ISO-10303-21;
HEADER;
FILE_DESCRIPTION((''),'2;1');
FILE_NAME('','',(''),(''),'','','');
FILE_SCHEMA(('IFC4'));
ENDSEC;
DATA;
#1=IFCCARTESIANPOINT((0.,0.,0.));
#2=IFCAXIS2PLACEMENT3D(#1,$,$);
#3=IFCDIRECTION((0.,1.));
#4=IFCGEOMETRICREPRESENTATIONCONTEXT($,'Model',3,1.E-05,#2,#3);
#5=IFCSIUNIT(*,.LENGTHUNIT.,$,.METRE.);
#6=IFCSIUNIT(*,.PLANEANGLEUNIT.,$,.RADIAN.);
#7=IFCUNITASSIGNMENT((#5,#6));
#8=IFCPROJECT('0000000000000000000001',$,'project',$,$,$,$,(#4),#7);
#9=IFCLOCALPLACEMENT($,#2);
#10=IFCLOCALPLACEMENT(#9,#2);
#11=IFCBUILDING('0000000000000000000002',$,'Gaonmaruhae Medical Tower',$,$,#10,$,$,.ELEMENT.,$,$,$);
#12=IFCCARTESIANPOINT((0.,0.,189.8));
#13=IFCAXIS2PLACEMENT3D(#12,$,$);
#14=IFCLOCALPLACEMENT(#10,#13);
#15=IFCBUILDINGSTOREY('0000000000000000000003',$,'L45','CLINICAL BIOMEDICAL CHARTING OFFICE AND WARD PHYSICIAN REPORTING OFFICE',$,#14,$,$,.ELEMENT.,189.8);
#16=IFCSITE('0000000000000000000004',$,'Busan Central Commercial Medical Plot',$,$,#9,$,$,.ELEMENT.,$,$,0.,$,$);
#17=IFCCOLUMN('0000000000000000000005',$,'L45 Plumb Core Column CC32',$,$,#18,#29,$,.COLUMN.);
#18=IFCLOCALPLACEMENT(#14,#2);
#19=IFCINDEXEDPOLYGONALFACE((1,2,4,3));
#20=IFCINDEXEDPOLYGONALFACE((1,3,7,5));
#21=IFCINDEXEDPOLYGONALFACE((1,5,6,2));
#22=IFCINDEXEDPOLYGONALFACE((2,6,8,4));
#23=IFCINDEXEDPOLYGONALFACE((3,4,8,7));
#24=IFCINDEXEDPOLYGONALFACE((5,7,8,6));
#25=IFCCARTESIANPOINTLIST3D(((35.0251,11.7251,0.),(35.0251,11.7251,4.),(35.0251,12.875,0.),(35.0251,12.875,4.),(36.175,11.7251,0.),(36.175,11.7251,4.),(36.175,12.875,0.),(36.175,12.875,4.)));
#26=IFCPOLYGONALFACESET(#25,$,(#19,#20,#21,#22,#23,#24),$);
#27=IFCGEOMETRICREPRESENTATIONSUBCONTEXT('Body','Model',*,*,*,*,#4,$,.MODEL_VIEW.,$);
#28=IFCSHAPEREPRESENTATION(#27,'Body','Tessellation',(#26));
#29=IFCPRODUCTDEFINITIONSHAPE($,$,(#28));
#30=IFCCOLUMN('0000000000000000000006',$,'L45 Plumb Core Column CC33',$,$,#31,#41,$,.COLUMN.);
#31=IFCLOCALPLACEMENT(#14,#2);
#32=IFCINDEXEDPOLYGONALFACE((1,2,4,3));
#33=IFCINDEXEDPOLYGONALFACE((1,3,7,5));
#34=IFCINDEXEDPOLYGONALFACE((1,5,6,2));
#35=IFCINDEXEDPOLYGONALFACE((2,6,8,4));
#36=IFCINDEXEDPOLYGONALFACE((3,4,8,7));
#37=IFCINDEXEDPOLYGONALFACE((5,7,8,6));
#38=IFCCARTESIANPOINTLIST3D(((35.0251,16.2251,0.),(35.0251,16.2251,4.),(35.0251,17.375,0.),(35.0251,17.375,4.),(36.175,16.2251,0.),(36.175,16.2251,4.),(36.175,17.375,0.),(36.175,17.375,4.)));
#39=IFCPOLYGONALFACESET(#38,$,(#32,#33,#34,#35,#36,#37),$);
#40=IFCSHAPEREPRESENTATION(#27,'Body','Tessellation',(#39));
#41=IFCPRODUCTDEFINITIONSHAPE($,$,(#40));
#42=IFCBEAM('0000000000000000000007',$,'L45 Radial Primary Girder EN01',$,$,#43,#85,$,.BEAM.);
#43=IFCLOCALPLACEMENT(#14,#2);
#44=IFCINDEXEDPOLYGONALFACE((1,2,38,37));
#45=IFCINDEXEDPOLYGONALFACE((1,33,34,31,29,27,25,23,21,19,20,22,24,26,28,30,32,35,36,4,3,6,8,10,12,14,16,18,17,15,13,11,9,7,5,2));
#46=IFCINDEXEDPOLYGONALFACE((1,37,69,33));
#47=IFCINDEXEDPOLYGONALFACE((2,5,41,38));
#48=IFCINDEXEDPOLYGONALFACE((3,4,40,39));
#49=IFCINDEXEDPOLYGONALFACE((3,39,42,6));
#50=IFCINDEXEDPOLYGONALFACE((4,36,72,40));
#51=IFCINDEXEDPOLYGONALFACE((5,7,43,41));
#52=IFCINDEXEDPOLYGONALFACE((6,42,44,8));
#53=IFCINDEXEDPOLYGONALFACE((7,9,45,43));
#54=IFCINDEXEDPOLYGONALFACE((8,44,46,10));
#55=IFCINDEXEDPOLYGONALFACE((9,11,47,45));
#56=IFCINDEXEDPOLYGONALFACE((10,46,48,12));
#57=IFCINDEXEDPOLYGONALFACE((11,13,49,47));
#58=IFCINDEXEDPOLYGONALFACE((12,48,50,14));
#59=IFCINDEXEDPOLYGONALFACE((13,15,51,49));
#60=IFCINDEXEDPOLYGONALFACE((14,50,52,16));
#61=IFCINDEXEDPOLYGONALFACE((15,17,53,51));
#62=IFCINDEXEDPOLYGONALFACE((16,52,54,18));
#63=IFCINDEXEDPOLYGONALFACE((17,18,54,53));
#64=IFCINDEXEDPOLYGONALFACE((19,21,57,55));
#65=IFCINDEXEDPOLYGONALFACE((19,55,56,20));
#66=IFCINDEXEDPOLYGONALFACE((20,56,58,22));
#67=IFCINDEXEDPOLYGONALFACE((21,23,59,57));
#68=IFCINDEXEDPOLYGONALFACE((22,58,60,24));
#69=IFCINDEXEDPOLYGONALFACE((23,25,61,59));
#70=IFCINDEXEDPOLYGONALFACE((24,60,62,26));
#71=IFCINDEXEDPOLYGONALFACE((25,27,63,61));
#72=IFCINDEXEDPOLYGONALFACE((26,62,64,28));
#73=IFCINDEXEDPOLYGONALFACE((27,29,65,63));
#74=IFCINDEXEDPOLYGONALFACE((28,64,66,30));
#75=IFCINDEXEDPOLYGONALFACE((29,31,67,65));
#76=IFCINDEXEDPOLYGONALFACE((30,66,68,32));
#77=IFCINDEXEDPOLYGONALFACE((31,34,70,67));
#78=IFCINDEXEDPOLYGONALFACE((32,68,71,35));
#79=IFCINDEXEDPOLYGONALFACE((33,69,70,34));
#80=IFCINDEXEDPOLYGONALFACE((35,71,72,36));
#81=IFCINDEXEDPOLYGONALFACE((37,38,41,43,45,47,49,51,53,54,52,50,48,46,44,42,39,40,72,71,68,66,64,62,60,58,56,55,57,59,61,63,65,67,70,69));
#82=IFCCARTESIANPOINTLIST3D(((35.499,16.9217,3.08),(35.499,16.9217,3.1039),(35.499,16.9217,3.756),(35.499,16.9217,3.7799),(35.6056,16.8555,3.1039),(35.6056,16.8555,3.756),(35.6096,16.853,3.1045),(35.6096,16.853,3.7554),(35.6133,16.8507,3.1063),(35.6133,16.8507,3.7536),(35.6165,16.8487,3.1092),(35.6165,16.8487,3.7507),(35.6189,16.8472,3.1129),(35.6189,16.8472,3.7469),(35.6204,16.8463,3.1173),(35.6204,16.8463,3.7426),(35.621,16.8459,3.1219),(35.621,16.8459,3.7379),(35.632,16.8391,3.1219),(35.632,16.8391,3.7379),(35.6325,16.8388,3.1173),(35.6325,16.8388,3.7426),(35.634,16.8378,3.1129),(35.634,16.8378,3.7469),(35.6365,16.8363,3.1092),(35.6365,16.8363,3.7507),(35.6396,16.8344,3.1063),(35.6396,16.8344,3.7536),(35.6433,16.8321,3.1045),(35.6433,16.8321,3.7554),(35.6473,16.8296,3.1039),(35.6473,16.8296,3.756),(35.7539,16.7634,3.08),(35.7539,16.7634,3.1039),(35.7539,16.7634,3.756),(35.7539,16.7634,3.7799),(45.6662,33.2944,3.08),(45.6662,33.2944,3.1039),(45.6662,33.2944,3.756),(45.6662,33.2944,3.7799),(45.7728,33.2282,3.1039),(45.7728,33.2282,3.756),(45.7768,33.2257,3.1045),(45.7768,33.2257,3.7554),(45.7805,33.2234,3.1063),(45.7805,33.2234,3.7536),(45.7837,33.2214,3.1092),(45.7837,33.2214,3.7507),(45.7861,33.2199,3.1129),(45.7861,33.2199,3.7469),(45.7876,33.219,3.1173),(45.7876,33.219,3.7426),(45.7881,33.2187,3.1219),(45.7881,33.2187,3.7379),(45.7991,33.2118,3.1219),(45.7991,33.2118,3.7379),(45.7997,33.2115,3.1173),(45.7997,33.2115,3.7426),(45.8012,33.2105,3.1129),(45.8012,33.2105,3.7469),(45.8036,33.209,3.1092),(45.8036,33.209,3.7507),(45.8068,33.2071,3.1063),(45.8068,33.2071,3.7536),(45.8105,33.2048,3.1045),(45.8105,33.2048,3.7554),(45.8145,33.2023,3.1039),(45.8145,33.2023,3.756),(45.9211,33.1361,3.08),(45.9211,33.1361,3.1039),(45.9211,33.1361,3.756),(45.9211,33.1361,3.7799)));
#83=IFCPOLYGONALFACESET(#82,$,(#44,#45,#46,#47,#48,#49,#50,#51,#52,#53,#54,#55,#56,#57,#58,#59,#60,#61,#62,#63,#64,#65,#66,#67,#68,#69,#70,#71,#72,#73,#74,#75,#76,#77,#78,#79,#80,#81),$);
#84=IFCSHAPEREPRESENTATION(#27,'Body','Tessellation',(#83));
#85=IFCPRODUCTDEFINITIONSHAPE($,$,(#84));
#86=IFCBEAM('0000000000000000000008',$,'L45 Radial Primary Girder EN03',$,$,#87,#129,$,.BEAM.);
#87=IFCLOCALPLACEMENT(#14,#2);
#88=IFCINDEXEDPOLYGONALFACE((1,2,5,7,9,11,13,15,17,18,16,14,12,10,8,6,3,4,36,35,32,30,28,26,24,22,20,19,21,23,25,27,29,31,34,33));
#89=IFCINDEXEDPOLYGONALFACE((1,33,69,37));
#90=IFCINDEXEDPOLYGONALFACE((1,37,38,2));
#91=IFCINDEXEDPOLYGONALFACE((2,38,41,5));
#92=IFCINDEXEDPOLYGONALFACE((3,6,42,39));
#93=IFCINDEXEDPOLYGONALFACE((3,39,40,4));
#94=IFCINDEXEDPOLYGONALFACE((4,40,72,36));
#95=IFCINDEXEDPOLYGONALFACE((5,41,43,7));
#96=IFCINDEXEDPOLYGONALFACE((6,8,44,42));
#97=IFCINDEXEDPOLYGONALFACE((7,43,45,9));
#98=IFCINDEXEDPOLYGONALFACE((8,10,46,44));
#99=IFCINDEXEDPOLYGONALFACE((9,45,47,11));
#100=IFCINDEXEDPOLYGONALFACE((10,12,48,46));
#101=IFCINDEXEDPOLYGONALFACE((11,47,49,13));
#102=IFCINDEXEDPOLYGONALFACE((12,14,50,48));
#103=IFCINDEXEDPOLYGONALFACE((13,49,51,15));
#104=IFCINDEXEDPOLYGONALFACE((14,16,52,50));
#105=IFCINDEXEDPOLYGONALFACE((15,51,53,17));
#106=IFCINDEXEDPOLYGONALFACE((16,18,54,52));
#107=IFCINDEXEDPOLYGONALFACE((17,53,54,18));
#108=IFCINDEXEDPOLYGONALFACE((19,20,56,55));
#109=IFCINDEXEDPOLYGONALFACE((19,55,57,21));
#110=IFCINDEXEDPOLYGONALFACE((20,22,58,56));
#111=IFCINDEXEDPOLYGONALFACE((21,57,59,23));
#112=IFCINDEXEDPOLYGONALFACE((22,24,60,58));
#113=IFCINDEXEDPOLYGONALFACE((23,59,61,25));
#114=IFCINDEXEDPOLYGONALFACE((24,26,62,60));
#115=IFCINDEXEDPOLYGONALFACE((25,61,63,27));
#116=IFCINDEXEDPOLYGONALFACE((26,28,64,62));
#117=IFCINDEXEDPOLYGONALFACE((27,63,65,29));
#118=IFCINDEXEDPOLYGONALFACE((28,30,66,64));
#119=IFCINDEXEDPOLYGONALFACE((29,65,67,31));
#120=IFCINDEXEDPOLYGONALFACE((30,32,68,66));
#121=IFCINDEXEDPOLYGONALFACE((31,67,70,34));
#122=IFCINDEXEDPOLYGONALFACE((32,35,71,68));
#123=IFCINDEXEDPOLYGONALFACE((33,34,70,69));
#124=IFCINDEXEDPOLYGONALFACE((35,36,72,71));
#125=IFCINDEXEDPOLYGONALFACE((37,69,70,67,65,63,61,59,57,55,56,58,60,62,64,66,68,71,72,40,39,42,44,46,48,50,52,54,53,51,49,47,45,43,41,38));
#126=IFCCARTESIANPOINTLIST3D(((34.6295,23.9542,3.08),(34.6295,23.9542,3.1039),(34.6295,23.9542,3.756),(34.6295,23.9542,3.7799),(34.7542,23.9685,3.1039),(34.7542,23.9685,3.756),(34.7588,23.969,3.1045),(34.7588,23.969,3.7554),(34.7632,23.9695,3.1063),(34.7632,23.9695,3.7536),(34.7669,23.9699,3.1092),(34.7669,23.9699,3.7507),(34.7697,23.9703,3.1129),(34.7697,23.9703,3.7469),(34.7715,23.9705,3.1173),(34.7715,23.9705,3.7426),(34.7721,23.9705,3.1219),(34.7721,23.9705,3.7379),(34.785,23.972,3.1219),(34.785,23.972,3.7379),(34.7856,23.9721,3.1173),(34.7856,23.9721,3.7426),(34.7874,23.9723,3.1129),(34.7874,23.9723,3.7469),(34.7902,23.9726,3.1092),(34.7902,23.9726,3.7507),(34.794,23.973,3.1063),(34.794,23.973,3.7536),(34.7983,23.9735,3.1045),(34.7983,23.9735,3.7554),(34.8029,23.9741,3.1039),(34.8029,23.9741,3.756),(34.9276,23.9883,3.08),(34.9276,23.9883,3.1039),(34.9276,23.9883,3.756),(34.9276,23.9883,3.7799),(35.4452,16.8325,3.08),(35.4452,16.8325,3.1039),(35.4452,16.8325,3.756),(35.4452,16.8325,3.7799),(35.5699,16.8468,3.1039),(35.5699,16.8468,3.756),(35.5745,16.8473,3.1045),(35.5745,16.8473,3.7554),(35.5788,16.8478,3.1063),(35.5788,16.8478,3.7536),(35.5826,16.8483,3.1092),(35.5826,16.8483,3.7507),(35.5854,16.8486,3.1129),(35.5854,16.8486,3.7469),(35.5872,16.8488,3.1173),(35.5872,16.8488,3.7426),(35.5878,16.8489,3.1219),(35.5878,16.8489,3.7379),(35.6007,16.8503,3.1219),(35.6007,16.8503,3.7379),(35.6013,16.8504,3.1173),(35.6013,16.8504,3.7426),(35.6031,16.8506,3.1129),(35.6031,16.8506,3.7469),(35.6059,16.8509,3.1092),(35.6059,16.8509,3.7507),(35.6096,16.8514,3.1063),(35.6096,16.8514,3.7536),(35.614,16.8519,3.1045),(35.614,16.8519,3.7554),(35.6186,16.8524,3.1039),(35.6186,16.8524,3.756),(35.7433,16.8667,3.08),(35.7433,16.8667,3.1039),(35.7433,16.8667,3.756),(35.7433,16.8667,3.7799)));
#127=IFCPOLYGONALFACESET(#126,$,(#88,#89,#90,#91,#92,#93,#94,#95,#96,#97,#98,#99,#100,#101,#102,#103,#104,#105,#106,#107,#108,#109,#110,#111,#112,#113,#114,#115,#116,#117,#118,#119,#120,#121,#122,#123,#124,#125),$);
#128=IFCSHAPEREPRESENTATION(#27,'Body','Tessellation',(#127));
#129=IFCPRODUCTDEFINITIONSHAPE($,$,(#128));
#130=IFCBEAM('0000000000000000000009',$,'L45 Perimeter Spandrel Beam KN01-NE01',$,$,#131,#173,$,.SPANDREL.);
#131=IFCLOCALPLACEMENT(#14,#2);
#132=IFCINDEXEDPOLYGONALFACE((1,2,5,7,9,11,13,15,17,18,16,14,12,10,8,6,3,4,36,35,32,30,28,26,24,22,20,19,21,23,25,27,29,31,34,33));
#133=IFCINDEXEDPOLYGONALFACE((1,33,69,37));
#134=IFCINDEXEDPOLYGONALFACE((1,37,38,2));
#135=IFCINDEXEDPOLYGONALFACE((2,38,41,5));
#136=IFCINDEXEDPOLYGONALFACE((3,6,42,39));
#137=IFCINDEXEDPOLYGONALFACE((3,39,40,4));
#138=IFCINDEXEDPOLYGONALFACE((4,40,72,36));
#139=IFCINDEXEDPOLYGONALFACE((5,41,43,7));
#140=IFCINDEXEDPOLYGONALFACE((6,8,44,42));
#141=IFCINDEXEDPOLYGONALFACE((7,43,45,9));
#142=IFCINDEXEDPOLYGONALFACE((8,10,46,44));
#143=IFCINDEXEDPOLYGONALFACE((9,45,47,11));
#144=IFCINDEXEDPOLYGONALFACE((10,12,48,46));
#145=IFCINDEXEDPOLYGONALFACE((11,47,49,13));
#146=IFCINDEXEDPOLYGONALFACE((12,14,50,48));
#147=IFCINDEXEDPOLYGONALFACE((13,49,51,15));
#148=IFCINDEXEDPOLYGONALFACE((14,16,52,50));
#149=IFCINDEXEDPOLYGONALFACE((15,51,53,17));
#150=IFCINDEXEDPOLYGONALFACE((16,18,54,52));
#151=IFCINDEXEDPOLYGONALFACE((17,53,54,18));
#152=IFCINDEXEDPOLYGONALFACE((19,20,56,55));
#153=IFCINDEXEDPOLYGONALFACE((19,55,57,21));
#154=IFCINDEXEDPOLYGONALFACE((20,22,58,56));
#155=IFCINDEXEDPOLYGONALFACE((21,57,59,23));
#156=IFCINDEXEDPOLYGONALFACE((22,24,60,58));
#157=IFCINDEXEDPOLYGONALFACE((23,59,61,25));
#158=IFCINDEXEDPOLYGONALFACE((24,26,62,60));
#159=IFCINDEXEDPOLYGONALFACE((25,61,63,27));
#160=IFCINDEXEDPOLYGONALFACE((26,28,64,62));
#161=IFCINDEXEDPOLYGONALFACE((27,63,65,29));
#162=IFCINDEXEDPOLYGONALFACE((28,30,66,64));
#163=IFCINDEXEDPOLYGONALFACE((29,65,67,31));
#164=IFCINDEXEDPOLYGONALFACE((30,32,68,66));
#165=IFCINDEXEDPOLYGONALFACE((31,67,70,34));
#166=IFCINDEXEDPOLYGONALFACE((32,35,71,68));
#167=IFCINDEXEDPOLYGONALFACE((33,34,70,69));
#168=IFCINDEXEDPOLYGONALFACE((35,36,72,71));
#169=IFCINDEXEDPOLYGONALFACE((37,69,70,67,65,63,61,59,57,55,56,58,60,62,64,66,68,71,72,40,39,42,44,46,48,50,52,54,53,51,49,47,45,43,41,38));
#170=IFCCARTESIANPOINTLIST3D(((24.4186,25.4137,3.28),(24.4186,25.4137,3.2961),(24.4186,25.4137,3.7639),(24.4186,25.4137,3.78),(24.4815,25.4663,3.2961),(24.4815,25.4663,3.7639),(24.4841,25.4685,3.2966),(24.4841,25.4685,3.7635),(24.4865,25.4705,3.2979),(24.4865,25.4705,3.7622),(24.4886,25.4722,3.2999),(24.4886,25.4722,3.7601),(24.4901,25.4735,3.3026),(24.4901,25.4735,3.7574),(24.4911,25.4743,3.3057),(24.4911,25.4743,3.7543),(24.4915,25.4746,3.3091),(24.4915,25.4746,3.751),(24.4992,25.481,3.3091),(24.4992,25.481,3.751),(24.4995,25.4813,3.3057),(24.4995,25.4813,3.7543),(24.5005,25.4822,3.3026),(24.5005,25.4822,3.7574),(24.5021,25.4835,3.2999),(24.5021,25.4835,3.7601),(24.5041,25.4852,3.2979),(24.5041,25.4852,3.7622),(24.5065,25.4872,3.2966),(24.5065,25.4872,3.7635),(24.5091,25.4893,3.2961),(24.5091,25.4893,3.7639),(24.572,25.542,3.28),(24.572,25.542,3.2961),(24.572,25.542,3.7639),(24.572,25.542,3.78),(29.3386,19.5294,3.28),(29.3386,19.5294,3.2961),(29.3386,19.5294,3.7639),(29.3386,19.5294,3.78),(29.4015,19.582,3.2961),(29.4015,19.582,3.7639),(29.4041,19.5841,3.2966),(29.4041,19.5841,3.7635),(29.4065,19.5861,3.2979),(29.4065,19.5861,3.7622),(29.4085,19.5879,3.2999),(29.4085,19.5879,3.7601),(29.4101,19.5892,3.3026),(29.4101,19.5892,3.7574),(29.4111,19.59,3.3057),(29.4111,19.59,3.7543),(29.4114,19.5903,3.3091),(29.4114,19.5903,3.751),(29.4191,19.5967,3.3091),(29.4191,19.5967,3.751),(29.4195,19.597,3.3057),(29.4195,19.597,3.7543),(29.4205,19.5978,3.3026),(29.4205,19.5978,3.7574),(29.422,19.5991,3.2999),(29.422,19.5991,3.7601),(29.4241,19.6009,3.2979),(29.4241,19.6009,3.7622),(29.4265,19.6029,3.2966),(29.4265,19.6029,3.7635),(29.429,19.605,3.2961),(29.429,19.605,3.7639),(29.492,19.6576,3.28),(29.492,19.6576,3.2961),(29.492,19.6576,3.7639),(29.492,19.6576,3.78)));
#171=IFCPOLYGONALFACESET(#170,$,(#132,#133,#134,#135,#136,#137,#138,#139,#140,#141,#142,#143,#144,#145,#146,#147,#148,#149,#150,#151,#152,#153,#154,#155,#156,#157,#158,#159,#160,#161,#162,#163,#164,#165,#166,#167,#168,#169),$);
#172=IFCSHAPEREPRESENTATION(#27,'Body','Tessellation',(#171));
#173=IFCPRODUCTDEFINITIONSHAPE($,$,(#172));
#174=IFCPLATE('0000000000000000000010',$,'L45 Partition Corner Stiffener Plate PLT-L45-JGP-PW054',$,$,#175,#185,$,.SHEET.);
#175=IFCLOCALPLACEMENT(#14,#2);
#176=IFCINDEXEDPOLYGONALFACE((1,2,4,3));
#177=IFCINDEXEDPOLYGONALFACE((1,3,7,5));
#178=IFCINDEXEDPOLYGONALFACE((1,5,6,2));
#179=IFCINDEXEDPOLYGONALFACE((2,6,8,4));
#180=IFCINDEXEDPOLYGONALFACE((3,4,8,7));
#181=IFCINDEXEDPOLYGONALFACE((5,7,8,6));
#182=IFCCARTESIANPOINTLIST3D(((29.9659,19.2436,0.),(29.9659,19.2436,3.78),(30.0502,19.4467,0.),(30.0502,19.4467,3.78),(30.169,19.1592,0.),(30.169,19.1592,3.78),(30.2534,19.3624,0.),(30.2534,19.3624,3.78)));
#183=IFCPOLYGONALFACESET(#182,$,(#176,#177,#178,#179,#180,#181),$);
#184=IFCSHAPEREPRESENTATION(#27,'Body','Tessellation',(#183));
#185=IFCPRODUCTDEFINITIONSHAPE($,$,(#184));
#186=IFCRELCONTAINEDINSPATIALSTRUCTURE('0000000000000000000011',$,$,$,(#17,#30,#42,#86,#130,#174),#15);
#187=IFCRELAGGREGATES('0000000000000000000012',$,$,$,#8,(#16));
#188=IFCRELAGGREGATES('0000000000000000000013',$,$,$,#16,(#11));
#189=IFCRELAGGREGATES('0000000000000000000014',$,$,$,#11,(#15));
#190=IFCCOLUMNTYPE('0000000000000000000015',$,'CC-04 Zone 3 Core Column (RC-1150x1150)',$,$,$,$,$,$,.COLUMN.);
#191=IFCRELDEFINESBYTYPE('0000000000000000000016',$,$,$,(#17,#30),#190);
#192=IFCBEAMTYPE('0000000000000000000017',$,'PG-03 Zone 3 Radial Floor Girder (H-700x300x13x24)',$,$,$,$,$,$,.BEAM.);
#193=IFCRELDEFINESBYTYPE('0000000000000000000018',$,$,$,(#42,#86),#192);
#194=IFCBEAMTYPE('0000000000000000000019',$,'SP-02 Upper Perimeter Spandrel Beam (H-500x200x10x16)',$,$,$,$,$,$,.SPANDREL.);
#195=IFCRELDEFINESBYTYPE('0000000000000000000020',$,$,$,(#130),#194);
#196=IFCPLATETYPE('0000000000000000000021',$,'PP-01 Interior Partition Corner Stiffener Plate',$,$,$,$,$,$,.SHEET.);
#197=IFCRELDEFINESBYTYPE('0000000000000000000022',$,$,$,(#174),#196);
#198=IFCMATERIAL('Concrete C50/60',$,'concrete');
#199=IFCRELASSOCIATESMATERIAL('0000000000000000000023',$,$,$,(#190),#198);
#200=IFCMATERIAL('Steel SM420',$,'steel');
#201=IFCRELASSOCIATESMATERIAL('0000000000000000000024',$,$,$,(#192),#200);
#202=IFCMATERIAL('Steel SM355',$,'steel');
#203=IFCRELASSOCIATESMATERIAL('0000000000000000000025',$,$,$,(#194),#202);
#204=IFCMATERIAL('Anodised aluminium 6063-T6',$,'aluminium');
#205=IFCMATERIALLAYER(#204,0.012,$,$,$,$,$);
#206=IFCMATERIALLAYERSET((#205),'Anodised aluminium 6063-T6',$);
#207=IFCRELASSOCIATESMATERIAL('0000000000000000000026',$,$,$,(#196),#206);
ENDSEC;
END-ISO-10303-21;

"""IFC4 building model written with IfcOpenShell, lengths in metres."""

from ifc_helpers import new_model, si_unit, direction, frame, origin, origin_2d, place, context, subcontext, project, spatial, rectangle, i_section, extrude, material, layer, layer_set, material_profile, profile_set, type_object, element, save


model = new_model("IFC4")

# Units and contexts
model_context = context("Model", 3, precision=1e-05, world=origin(), true_north=direction((0.0, 1.0)))
body_context = subcontext(model_context, "Body", "Model", "MODEL_VIEW")
ifc_project = project(units=[si_unit("LENGTHUNIT", "METRE"), si_unit("PLANEANGLEUNIT", "RADIAN")], contexts=[model_context])

# Site, building, storey
site_placement = place(None, origin())
site = spatial("IfcSite", under=ifc_project, at=site_placement, Name="Busan Central Commercial Medical Plot", CompositionType="ELEMENT", RefElevation=0.0)
building_placement = place(site_placement, origin())
building = spatial("IfcBuilding", under=site, at=building_placement, Name="Gaonmaruhae Medical Tower", CompositionType="ELEMENT")
storey_placement = place(building_placement, frame((0.0, 0.0, 189.8)))
storey = spatial("IfcBuildingStorey", under=building, at=storey_placement, Name="L45", Description="CLINICAL BIOMEDICAL CHARTING OFFICE AND WARD PHYSICIAN REPORTING OFFICE", CompositionType="ELEMENT", Elevation=189.8)

# Columns
ifc_material_1 = material(Name="Concrete C50/60", Category="concrete")
ifc_material_profile_1 = material_profile(ifc_material_1, rectangle(XDim=1.1499, YDim=1.1499, at=origin_2d()), Name="RC-1150x1150")
ifc_profile_set_1 = profile_set([ifc_material_profile_1], Name="Concrete C50/60")
column_type = type_object("IfcColumnType", Name="CC-04 Zone 3 Core Column (RC-1150x1150)", PredefinedType="COLUMN", material=ifc_profile_set_1)
for number, where, z_axis, x_axis, name in (
    (1, (35.6001, 12.3, 0.0), (0.0, 0.0, 1.0), (1.0, 0.0, 0.0), "L45 Plumb Core Column CC32"),
    (2, (35.6001, 16.8, 0.0), (0.0, 0.0, 1.0), (1.0, 0.0, 0.0), "L45 Plumb Core Column CC33"),
):
    element("IfcColumn", number, at=place(storey_placement, frame(where, z_axis=z_axis, x_axis=x_axis)), inside=storey, type_object=column_type, Name=name, PredefinedType="COLUMN", context=body_context, shape_type="SweptSolid", body=[
        extrude(rectangle(XDim=1.1499, YDim=1.1499, at=origin_2d()), origin(), (0.0, 0.0, 1.0), 4.0),
    ])

# Beams
ifc_material_2 = material(Name="Steel SM420", Category="steel")
ifc_material_profile_2 = material_profile(ifc_material_2, i_section(OverallWidth=0.3, OverallDepth=0.7, WebThickness=0.0129, FlangeThickness=0.0239, FilletRadius=0.0181, at=origin_2d()), Name="H-700x300x13x24")
ifc_profile_set_2 = profile_set([ifc_material_profile_2], Name="Steel SM420")
beam_type_1 = type_object("IfcBeamType", Name="PG-03 Zone 3 Radial Floor Girder (H-700x300x13x24)", PredefinedType="BEAM", material=ifc_profile_set_2)
beam_1_placement = place(storey_placement, frame((35.6265, 16.8425, 3.4299), z_axis=(0.527543, 0.849528, 0.0), x_axis=(-0.849528, 0.527543, 0.0)))
element("IfcBeam", 3, at=beam_1_placement, inside=storey, type_object=beam_type_1, Name="L45 Radial Primary Girder EN01", PredefinedType="BEAM", context=body_context, shape_type="SweptSolid", body=[
    extrude(i_section(OverallWidth=0.3, OverallDepth=0.7, WebThickness=0.0129, FlangeThickness=0.0239, FilletRadius=0.0181, at=origin_2d()), origin(), (0.0, 0.0, 1.0), 19.2727),
])
beam_2_placement = place(storey_placement, frame((35.5942, 16.8496, 3.4299), z_axis=(-0.113792, 0.993505, 0.0), x_axis=(-0.993505, -0.113792, 0.0)))
element("IfcBeam", 4, at=beam_2_placement, inside=storey, type_object=beam_type_1, Name="L45 Radial Primary Girder EN03", PredefinedType="BEAM", context=body_context, shape_type="SweptSolid", body=[
    extrude(i_section(OverallWidth=0.3, OverallDepth=0.7, WebThickness=0.0129, FlangeThickness=0.0239, FilletRadius=0.0181, at=origin_2d()), origin(), (0.0, 0.0, 1.0), 7.1682),
])
ifc_material_3 = material(Name="Steel SM355", Category="steel")
ifc_material_profile_3 = material_profile(ifc_material_3, i_section(OverallWidth=0.2, OverallDepth=0.5, WebThickness=0.01, FlangeThickness=0.0161, FilletRadius=0.0129, at=origin_2d()), Name="H-500x200x10x16")
ifc_profile_set_3 = profile_set([ifc_material_profile_3], Name="Steel SM355")
beam_type_2 = type_object("IfcBeamType", Name="SP-02 Upper Perimeter Spandrel Beam (H-500x200x10x16)", PredefinedType="SPANDREL", material=ifc_profile_set_3)
beam_3_placement = place(storey_placement, frame((29.4153, 19.5935, 3.53), z_axis=(-0.641442, 0.767171, 0.0), x_axis=(-0.767171, -0.641442, 0.0)))
element("IfcBeam", 5, at=beam_3_placement, inside=storey, type_object=beam_type_2, Name="L45 Perimeter Spandrel Beam KN01-NE01", PredefinedType="SPANDREL", context=body_context, shape_type="SweptSolid", body=[
    extrude(i_section(OverallWidth=0.2, OverallDepth=0.5, WebThickness=0.01, FlangeThickness=0.0161, FilletRadius=0.0129, at=origin_2d()), origin(), (0.0, 0.0, 1.0), 7.6702),
])

# Plate
ifc_material_4 = material(Name="Anodised aluminium 6063-T6", Category="aluminium")
ifc_layer_1 = layer(ifc_material_4, 0.012)
ifc_layer_set_1 = layer_set([ifc_layer_1], Name="Anodised aluminium 6063-T6")
plate_type = type_object("IfcPlateType", Name="PP-01 Interior Partition Corner Stiffener Plate", PredefinedType="SHEET", material=ifc_layer_set_1)
plate_1_placement = place(storey_placement, frame((30.1096, 19.303, 0.0), z_axis=(0.0, 0.0, 1.0), x_axis=(-0.383506, -0.923539, 0.0)))
element("IfcPlate", 6, at=plate_1_placement, inside=storey, type_object=plate_type, Name="L45 Partition Corner Stiffener Plate PLT-L45-JGP-PW054", PredefinedType="SHEET", context=body_context, shape_type="SweptSolid", body=[
    extrude(rectangle(XDim=0.22, YDim=0.22, at=origin_2d()), origin(), (0.0, 0.0, 1.0), 3.78),
])

save(model, "model.ifc")
